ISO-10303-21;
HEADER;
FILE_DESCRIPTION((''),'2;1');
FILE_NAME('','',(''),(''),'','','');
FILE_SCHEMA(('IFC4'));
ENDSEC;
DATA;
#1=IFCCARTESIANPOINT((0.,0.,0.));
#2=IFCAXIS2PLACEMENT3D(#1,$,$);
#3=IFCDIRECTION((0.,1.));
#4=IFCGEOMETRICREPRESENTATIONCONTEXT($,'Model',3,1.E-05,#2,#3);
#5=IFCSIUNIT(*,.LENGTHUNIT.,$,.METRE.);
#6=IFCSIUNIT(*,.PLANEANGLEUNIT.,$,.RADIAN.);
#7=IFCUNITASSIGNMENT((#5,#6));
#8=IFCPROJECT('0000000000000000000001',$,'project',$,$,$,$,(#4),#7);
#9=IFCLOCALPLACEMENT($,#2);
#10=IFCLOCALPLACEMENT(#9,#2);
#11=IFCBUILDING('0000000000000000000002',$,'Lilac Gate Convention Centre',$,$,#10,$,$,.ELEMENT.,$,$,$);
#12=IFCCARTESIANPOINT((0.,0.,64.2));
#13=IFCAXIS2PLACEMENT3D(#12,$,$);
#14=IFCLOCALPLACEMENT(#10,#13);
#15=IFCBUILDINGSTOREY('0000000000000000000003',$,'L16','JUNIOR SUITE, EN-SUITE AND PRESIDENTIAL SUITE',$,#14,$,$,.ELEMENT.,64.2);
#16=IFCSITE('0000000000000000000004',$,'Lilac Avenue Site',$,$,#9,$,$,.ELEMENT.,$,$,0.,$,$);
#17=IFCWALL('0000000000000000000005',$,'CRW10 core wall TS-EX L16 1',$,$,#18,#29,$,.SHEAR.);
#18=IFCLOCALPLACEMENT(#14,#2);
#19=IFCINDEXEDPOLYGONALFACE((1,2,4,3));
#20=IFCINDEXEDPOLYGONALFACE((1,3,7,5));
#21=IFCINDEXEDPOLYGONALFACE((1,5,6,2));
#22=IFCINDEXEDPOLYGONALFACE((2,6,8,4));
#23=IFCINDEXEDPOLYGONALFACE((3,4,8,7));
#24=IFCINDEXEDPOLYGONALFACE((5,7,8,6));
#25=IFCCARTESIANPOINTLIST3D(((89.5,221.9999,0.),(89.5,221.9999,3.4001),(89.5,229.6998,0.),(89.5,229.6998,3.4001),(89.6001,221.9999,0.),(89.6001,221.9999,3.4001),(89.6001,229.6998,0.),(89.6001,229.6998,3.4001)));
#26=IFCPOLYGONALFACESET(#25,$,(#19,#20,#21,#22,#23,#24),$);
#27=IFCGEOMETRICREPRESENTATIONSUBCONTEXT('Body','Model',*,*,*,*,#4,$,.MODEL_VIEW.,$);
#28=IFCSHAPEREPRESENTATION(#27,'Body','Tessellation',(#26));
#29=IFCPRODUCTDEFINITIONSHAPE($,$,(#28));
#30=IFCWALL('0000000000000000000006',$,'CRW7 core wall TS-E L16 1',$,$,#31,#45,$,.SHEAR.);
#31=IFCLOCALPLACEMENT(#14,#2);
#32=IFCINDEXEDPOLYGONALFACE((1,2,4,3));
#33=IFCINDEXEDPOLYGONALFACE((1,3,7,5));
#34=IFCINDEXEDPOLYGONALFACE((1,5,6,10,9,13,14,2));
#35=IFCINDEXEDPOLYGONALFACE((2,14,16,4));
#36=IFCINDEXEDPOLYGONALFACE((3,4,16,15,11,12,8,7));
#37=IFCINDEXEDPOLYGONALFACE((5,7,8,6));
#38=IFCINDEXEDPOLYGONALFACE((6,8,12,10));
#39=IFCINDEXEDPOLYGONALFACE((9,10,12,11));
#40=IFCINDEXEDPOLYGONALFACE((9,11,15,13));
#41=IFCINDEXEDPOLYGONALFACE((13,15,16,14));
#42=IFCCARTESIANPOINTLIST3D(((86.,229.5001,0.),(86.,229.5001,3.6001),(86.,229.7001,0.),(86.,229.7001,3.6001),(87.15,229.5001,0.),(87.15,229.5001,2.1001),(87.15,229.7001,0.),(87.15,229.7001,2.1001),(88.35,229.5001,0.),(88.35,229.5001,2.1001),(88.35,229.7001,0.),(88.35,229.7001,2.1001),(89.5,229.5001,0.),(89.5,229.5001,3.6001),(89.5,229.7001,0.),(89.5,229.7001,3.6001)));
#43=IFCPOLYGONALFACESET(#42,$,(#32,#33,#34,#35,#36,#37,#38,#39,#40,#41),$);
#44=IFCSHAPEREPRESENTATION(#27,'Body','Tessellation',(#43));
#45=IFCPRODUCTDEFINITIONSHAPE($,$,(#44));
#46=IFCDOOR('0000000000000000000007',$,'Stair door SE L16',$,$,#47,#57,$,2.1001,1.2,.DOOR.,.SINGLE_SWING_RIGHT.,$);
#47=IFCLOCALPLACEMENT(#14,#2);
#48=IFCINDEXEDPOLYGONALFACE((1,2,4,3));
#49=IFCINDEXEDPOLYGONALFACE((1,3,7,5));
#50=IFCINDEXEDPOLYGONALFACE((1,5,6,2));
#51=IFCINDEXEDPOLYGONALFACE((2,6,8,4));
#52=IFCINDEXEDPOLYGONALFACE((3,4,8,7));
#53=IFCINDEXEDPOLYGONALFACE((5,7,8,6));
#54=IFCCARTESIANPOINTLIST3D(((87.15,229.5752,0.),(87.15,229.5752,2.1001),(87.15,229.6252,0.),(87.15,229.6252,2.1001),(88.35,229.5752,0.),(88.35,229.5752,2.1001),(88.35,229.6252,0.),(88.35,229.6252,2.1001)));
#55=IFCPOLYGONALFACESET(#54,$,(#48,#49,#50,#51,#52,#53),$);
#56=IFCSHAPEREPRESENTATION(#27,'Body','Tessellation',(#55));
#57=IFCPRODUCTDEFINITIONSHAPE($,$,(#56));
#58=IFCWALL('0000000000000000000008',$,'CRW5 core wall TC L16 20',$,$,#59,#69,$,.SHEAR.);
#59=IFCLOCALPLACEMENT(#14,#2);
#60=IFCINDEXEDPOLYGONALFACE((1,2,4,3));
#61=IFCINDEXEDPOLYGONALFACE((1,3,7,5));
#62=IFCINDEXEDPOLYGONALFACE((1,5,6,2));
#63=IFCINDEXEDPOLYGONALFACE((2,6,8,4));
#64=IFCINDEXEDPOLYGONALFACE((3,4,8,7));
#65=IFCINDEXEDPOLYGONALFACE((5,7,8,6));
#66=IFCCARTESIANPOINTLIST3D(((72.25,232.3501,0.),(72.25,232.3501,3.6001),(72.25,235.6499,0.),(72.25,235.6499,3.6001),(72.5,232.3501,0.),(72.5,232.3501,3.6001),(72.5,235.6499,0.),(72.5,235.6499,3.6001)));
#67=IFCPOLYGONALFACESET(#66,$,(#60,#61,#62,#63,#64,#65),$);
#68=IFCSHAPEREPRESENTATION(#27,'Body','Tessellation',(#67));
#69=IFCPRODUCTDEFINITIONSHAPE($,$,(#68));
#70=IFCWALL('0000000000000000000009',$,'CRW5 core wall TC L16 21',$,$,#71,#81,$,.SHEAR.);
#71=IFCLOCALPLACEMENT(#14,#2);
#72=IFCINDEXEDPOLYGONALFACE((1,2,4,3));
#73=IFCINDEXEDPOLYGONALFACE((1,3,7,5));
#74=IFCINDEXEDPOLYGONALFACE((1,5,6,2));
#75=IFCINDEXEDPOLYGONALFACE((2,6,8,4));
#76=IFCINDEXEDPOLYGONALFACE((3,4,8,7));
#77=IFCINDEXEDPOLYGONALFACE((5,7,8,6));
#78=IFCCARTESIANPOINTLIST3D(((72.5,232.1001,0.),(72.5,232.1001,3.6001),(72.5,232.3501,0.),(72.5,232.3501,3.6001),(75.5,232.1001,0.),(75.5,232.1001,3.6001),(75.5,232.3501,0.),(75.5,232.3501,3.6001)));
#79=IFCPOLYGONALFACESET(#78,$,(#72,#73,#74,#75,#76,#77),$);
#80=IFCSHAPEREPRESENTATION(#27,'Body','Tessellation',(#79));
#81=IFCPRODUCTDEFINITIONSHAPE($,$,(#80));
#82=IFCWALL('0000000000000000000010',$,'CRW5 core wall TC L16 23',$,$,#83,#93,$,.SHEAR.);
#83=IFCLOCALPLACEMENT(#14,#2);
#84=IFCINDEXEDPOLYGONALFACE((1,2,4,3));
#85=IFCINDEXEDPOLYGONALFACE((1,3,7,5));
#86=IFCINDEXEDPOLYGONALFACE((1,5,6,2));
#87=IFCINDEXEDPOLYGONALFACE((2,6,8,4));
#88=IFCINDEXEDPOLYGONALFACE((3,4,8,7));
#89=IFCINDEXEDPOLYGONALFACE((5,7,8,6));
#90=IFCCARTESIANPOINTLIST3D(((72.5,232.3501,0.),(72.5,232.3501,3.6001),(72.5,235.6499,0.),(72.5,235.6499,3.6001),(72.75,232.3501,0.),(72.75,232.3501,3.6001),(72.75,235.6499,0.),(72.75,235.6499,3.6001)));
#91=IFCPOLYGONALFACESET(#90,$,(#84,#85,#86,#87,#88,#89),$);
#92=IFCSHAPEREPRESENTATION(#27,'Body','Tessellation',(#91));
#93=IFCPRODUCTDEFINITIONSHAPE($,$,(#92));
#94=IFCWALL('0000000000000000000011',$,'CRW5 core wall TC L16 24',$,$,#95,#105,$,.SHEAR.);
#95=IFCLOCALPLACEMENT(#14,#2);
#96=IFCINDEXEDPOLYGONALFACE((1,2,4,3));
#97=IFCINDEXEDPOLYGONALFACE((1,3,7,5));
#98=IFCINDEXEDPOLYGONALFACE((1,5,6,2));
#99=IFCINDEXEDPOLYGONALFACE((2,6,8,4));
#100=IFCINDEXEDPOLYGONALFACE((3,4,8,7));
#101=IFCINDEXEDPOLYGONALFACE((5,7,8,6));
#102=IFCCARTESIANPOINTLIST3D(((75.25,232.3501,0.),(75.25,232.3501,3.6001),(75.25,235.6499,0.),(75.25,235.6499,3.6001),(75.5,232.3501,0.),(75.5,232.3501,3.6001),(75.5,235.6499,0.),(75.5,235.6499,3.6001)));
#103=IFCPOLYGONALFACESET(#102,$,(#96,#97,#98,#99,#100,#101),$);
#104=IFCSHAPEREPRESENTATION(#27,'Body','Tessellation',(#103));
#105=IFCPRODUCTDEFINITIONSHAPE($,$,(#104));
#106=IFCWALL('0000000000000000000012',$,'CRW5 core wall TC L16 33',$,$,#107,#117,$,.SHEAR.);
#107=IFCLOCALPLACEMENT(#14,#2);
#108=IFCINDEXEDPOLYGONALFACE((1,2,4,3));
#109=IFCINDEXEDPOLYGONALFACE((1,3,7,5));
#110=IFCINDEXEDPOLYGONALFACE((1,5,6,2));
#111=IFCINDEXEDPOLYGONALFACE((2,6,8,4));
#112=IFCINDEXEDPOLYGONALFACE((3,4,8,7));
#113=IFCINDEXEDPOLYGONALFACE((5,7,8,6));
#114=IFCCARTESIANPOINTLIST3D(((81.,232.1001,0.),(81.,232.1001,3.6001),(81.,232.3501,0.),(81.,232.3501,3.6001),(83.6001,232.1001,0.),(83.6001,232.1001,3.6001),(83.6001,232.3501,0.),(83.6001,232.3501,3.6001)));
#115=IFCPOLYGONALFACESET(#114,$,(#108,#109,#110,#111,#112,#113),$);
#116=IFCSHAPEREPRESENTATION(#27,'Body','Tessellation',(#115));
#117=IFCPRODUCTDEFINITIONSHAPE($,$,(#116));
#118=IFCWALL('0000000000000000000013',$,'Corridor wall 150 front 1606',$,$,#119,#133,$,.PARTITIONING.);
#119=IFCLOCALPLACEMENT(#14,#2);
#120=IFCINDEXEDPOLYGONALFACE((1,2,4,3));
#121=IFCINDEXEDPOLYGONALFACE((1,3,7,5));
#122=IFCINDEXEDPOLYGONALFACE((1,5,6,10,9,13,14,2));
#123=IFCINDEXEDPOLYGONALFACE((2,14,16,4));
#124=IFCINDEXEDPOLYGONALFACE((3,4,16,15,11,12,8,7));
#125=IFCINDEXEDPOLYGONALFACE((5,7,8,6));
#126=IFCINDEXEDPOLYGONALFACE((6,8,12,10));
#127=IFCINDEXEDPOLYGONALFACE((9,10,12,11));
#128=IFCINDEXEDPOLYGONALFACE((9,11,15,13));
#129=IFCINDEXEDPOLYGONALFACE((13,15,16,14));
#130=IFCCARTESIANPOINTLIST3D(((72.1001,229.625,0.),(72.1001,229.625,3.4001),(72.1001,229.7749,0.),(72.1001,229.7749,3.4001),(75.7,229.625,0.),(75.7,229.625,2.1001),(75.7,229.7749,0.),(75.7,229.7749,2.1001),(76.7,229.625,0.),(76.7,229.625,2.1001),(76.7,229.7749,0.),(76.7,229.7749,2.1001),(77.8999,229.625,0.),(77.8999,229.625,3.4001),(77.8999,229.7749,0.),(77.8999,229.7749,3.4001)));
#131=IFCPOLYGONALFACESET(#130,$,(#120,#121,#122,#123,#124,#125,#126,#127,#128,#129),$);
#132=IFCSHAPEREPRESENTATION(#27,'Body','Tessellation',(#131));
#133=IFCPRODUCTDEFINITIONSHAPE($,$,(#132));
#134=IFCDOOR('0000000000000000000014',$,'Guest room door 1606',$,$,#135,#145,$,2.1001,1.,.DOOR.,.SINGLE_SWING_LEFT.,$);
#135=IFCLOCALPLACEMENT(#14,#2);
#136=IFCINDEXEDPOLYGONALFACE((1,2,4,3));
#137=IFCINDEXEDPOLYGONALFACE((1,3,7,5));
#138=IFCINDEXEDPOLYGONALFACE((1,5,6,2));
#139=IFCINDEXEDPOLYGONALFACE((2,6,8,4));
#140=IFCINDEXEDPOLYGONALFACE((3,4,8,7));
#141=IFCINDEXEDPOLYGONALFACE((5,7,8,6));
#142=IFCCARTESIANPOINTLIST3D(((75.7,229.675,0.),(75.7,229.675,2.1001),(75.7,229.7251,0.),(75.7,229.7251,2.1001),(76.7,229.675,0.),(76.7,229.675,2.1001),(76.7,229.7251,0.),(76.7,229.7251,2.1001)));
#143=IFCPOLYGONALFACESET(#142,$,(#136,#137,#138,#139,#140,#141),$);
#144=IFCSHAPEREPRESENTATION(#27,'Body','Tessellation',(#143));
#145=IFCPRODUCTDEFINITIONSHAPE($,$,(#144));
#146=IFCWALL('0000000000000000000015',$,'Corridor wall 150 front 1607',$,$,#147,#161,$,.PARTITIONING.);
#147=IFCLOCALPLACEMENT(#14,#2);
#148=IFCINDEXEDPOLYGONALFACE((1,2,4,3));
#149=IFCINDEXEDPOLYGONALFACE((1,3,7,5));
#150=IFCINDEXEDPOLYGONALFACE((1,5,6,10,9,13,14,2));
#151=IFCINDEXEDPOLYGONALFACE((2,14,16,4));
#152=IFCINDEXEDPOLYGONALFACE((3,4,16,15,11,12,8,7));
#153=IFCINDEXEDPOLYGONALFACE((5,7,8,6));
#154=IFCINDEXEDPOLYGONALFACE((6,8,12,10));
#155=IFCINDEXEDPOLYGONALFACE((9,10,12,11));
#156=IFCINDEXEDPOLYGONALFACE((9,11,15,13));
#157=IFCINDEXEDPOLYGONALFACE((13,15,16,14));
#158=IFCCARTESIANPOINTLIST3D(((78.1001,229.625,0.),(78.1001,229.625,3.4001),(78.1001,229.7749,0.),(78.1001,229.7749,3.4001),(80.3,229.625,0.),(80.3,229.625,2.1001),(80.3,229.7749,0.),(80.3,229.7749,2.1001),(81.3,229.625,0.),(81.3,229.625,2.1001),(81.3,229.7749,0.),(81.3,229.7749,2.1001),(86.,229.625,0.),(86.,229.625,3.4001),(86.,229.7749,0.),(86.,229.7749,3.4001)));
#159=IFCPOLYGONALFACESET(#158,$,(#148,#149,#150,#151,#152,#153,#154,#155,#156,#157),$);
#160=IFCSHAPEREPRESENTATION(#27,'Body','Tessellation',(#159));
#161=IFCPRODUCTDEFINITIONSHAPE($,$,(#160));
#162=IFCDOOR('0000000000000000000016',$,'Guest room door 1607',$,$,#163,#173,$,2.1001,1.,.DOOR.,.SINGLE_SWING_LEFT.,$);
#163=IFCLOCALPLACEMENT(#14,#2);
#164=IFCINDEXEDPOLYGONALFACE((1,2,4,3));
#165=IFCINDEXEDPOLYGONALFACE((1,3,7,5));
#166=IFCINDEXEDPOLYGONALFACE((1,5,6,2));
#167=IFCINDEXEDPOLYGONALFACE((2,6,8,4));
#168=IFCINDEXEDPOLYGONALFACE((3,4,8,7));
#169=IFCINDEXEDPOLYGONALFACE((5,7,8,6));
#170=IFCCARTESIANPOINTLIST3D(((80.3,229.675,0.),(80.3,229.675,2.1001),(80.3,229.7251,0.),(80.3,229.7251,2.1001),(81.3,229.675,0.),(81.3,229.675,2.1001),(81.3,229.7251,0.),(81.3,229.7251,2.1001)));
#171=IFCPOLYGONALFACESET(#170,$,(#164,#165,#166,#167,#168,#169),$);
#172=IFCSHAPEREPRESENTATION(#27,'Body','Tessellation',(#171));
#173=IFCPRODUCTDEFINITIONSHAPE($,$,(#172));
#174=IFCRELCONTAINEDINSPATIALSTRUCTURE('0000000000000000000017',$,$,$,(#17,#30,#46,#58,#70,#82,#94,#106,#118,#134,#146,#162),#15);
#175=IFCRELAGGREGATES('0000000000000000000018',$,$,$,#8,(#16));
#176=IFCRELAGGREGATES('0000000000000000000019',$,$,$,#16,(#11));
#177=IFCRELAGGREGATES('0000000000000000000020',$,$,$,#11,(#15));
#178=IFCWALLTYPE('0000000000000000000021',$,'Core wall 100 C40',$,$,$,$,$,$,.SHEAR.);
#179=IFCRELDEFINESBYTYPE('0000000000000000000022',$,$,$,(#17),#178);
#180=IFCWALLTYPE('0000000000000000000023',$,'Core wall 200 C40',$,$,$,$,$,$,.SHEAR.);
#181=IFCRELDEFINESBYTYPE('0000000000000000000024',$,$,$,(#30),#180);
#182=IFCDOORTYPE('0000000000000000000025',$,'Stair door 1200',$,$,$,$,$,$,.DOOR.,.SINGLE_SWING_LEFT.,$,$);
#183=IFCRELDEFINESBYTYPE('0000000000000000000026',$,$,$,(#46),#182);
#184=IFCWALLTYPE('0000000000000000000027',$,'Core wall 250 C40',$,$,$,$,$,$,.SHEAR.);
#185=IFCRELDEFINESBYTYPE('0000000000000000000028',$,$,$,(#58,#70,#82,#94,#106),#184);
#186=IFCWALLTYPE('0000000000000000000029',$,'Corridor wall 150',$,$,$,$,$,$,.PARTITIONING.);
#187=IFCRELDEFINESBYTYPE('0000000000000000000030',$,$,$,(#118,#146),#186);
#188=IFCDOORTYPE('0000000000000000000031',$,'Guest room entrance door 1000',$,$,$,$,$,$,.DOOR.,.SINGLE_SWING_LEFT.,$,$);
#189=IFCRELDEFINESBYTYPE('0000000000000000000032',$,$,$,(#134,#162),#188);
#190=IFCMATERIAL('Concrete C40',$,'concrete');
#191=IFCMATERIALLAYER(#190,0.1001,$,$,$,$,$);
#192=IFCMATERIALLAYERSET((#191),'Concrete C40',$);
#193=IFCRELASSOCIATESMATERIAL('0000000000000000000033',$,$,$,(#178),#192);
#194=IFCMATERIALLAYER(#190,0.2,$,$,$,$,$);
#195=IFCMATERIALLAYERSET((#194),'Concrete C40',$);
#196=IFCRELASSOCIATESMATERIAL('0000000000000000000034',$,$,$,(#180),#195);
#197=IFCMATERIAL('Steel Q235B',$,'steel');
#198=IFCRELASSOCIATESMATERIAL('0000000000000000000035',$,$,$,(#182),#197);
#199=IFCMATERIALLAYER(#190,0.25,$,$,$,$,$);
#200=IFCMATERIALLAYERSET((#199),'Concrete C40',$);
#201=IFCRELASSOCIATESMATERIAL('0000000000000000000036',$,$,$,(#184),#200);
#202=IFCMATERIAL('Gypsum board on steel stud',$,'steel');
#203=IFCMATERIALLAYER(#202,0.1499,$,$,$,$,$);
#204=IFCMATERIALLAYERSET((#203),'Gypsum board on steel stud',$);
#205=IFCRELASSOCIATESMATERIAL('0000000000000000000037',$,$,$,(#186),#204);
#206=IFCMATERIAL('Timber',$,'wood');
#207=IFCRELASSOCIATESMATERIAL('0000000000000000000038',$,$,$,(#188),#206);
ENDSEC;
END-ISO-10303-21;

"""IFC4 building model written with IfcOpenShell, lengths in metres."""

from ifc_helpers import new_model, si_unit, direction, frame, frame_2d, origin, place, context, subcontext, project, spatial, rectangle, extrude, material, layer, layer_set, type_object, element, fill, save


model = new_model("IFC4")

# Units and contexts
model_context = context("Model", 3, precision=1e-05, world=origin(), true_north=direction((0.0, 1.0)))
body_context = subcontext(model_context, "Body", "Model", "MODEL_VIEW")
ifc_project = project(units=[si_unit("LENGTHUNIT", "METRE"), si_unit("PLANEANGLEUNIT", "RADIAN")], contexts=[model_context])

# Site, building, storey
site_placement = place(None, origin())
site = spatial("IfcSite", under=ifc_project, at=site_placement, Name="Lilac Avenue Site", CompositionType="ELEMENT", RefElevation=0.0)
building_placement = place(site_placement, origin())
building = spatial("IfcBuilding", under=site, at=building_placement, Name="Lilac Gate Convention Centre", CompositionType="ELEMENT")
storey_placement = place(building_placement, frame((0.0, 0.0, 64.2)))
storey = spatial("IfcBuildingStorey", under=building, at=storey_placement, Name="L16", Description="JUNIOR SUITE, EN-SUITE AND PRESIDENTIAL SUITE", CompositionType="ELEMENT", Elevation=64.2)

# Wall
ifc_material_1 = material(Name="Concrete C40", Category="concrete")
ifc_layer_1 = layer(ifc_material_1, 0.1001)
ifc_layer_set_1 = layer_set([ifc_layer_1], Name="Concrete C40")
wall_type_1 = type_object("IfcWallType", Name="Core wall 100 C40", PredefinedType="SHEAR", material=ifc_layer_set_1)
wall_1_placement = place(storey_placement, frame((89.55, 229.7, 0.0), z_axis=(0.0, 0.0, 1.0), x_axis=(0.0, -1.0, 0.0)))
element("IfcWall", 1, at=wall_1_placement, inside=storey, type_object=wall_type_1, Name="CRW10 core wall TS-EX L16 1", PredefinedType="SHEAR", context=body_context, shape_type="SweptSolid", body=[
    extrude(rectangle(XDim=7.7, YDim=0.1001, at=frame_2d((3.8501, 0.0))), origin(), (0.0, 0.0, 1.0), 3.4001),
])

# Wall, opening, door
ifc_layer_2 = layer(ifc_material_1, 0.2)
ifc_layer_set_2 = layer_set([ifc_layer_2], Name="Concrete C40")
wall_type_2 = type_object("IfcWallType", Name="Core wall 200 C40", PredefinedType="SHEAR", material=ifc_layer_set_2)
wall_2_placement = place(storey_placement, frame((89.5, 229.6001, 0.0), z_axis=(0.0, 0.0, 1.0), x_axis=(-1.0, 0.0, 0.0)))
wall_2 = element("IfcWall", 2, at=wall_2_placement, inside=storey, type_object=wall_type_2, Name="CRW7 core wall TS-E L16 1", PredefinedType="SHEAR", context=body_context, shape_type="SweptSolid", body=[
    extrude(rectangle(XDim=3.5, YDim=0.2, at=frame_2d((1.75, 0.0))), origin(), (0.0, 0.0, 1.0), 3.6001),
])
opening_1_placement = place(wall_2_placement, frame((1.1499, 0.0, 0.0)))
opening_1 = element("IfcOpeningElement", 3, at=opening_1_placement, cuts=wall_2, PredefinedType="OPENING", context=body_context, shape_type="SweptSolid", body=[
    extrude(rectangle(XDim=1.2, YDim=2.1001, at=frame_2d((0.6001, 1.05))), frame((0.0, 0.1099, 0.0), z_axis=(0.0, -1.0, 0.0), x_axis=(1.0, 0.0, 0.0)), (0.0, 0.0, 1.0), 0.22),
])
ifc_material_2 = material(Name="Steel Q235B", Category="steel")
door_type_1 = type_object("IfcDoorType", Name="Stair door 1200", OperationType="SINGLE_SWING_LEFT", PredefinedType="DOOR", material=ifc_material_2)
door_1_placement = place(opening_1_placement, origin())
door_1 = element("IfcDoor", 4, at=door_1_placement, inside=storey, type_object=door_type_1, Name="Stair door SE L16", OperationType="SINGLE_SWING_RIGHT", OverallHeight=2.1001, OverallWidth=1.2, PredefinedType="DOOR", context=body_context, shape_type="SweptSolid", body=[
    extrude(rectangle(XDim=1.2, YDim=2.1001, at=frame_2d((0.6001, 1.05))), frame((0.0, 0.0249, 0.0), z_axis=(0.0, -1.0, 0.0), x_axis=(1.0, 0.0, 0.0)), (0.0, 0.0, 1.0), 0.05),
])
fill(opening_1, door_1)

# Walls
ifc_layer_3 = layer(ifc_material_1, 0.25)
ifc_layer_set_3 = layer_set([ifc_layer_3], Name="Concrete C40")
wall_type_3 = type_object("IfcWallType", Name="Core wall 250 C40", PredefinedType="SHEAR", material=ifc_layer_set_3)
wall_3_placement = place(storey_placement, frame((72.375, 232.3501, 0.0), z_axis=(0.0, 0.0, 1.0), x_axis=(0.0, 1.0, 0.0)))
element("IfcWall", 5, at=wall_3_placement, inside=storey, type_object=wall_type_3, Name="CRW5 core wall TC L16 20", PredefinedType="SHEAR", context=body_context, shape_type="SweptSolid", body=[
    extrude(rectangle(XDim=3.2998, YDim=0.25, at=frame_2d((1.6499, 0.0))), origin(), (0.0, 0.0, 1.0), 3.6001),
])
wall_4_placement = place(storey_placement, frame((72.5, 232.2251, 0.0), z_axis=(0.0, 0.0, 1.0), x_axis=(1.0, 0.0, 0.0)))
element("IfcWall", 6, at=wall_4_placement, inside=storey, type_object=wall_type_3, Name="CRW5 core wall TC L16 21", PredefinedType="SHEAR", context=body_context, shape_type="SweptSolid", body=[
    extrude(rectangle(XDim=3.0, YDim=0.25, at=frame_2d((1.5, 0.0))), origin(), (0.0, 0.0, 1.0), 3.6001),
])
for number, where, z_axis, x_axis, name in (
    (7, (72.625, 232.3501, 0.0), (0.0, 0.0, 1.0), (0.0, 1.0, 0.0), "CRW5 core wall TC L16 23"),
    (8, (75.375, 232.3501, 0.0), (0.0, 0.0, 1.0), (0.0, 1.0, 0.0), "CRW5 core wall TC L16 24"),
):
    element("IfcWall", number, at=place(storey_placement, frame(where, z_axis=z_axis, x_axis=x_axis)), inside=storey, type_object=wall_type_3, Name=name, PredefinedType="SHEAR", context=body_context, shape_type="SweptSolid", body=[
        extrude(rectangle(XDim=3.2998, YDim=0.25, at=frame_2d((1.6499, 0.0))), origin(), (0.0, 0.0, 1.0), 3.6001),
    ])
wall_5_placement = place(storey_placement, frame((81.0, 232.2251, 0.0), z_axis=(0.0, 0.0, 1.0), x_axis=(1.0, 0.0, 0.0)))
element("IfcWall", 9, at=wall_5_placement, inside=storey, type_object=wall_type_3, Name="CRW5 core wall TC L16 33", PredefinedType="SHEAR", context=body_context, shape_type="SweptSolid", body=[
    extrude(rectangle(XDim=2.6001, YDim=0.25, at=frame_2d((1.3, 0.0))), origin(), (0.0, 0.0, 1.0), 3.6001),
])

# Walls, openings, doors
ifc_material_3 = material(Name="Gypsum board on steel stud", Category="steel")
ifc_layer_4 = layer(ifc_material_3, 0.1499)
ifc_layer_set_4 = layer_set([ifc_layer_4], Name="Gypsum board on steel stud")
wall_type_4 = type_object("IfcWallType", Name="Corridor wall 150", PredefinedType="PARTITIONING", material=ifc_layer_set_4)
wall_6_placement = place(storey_placement, frame((77.8999, 229.7, 0.0), z_axis=(0.0, 0.0, 1.0), x_axis=(-1.0, 0.0, 0.0)))
wall_6 = element("IfcWall", 10, at=wall_6_placement, inside=storey, type_object=wall_type_4, Name="Corridor wall 150 front 1606", PredefinedType="PARTITIONING", context=body_context, shape_type="SweptSolid", body=[
    extrude(rectangle(XDim=5.7998, YDim=0.1499, at=frame_2d((2.8999, 0.0))), origin(), (0.0, 0.0, 1.0), 3.4001),
])
opening_2_placement = place(wall_6_placement, frame((1.2, 0.0, 0.0)))
opening_2 = element("IfcOpeningElement", 11, at=opening_2_placement, cuts=wall_6, PredefinedType="OPENING", context=body_context, shape_type="SweptSolid", body=[
    extrude(rectangle(XDim=1.0, YDim=2.1001, at=frame_2d((0.5, 1.05))), frame((0.0, 0.085, 0.0), z_axis=(0.0, -1.0, 0.0), x_axis=(1.0, 0.0, 0.0)), (0.0, 0.0, 1.0), 0.1699),
])
ifc_material_4 = material(Name="Timber", Category="wood")
door_type_2 = type_object("IfcDoorType", Name="Guest room entrance door 1000", OperationType="SINGLE_SWING_LEFT", PredefinedType="DOOR", material=ifc_material_4)
door_2_placement = place(opening_2_placement, origin())
door_2 = element("IfcDoor", 12, at=door_2_placement, inside=storey, type_object=door_type_2, Name="Guest room door 1606", OperationType="SINGLE_SWING_LEFT", OverallHeight=2.1001, OverallWidth=1.0, PredefinedType="DOOR", context=body_context, shape_type="SweptSolid", body=[
    extrude(rectangle(XDim=1.0, YDim=2.1001, at=frame_2d((0.5, 1.05))), frame((0.0, 0.0249, 0.0), z_axis=(0.0, -1.0, 0.0), x_axis=(1.0, 0.0, 0.0)), (0.0, 0.0, 1.0), 0.05),
])
fill(opening_2, door_2)
wall_7_placement = place(storey_placement, frame((86.0, 229.7, 0.0), z_axis=(0.0, 0.0, 1.0), x_axis=(-1.0, 0.0, 0.0)))
wall_7 = element("IfcWall", 13, at=wall_7_placement, inside=storey, type_object=wall_type_4, Name="Corridor wall 150 front 1607", PredefinedType="PARTITIONING", context=body_context, shape_type="SweptSolid", body=[
    extrude(rectangle(XDim=7.8999, YDim=0.1499, at=frame_2d((3.95, 0.0))), origin(), (0.0, 0.0, 1.0), 3.4001),
])
opening_3_placement = place(wall_7_placement, frame((4.7, 0.0, 0.0)))
opening_3 = element("IfcOpeningElement", 14, at=opening_3_placement, cuts=wall_7, PredefinedType="OPENING", context=body_context, shape_type="SweptSolid", body=[
    extrude(rectangle(XDim=1.0, YDim=2.1001, at=frame_2d((0.5, 1.05))), frame((0.0, 0.085, 0.0), z_axis=(0.0, -1.0, 0.0), x_axis=(1.0, 0.0, 0.0)), (0.0, 0.0, 1.0), 0.1699),
])
door_3_placement = place(opening_3_placement, origin())
door_3 = element("IfcDoor", 15, at=door_3_placement, inside=storey, type_object=door_type_2, Name="Guest room door 1607", OperationType="SINGLE_SWING_LEFT", OverallHeight=2.1001, OverallWidth=1.0, PredefinedType="DOOR", context=body_context, shape_type="SweptSolid", body=[
    extrude(rectangle(XDim=1.0, YDim=2.1001, at=frame_2d((0.5, 1.05))), frame((0.0, 0.0249, 0.0), z_axis=(0.0, -1.0, 0.0), x_axis=(1.0, 0.0, 0.0)), (0.0, 0.0, 1.0), 0.05),
])
fill(opening_3, door_3)

save(model, "model.ifc")
